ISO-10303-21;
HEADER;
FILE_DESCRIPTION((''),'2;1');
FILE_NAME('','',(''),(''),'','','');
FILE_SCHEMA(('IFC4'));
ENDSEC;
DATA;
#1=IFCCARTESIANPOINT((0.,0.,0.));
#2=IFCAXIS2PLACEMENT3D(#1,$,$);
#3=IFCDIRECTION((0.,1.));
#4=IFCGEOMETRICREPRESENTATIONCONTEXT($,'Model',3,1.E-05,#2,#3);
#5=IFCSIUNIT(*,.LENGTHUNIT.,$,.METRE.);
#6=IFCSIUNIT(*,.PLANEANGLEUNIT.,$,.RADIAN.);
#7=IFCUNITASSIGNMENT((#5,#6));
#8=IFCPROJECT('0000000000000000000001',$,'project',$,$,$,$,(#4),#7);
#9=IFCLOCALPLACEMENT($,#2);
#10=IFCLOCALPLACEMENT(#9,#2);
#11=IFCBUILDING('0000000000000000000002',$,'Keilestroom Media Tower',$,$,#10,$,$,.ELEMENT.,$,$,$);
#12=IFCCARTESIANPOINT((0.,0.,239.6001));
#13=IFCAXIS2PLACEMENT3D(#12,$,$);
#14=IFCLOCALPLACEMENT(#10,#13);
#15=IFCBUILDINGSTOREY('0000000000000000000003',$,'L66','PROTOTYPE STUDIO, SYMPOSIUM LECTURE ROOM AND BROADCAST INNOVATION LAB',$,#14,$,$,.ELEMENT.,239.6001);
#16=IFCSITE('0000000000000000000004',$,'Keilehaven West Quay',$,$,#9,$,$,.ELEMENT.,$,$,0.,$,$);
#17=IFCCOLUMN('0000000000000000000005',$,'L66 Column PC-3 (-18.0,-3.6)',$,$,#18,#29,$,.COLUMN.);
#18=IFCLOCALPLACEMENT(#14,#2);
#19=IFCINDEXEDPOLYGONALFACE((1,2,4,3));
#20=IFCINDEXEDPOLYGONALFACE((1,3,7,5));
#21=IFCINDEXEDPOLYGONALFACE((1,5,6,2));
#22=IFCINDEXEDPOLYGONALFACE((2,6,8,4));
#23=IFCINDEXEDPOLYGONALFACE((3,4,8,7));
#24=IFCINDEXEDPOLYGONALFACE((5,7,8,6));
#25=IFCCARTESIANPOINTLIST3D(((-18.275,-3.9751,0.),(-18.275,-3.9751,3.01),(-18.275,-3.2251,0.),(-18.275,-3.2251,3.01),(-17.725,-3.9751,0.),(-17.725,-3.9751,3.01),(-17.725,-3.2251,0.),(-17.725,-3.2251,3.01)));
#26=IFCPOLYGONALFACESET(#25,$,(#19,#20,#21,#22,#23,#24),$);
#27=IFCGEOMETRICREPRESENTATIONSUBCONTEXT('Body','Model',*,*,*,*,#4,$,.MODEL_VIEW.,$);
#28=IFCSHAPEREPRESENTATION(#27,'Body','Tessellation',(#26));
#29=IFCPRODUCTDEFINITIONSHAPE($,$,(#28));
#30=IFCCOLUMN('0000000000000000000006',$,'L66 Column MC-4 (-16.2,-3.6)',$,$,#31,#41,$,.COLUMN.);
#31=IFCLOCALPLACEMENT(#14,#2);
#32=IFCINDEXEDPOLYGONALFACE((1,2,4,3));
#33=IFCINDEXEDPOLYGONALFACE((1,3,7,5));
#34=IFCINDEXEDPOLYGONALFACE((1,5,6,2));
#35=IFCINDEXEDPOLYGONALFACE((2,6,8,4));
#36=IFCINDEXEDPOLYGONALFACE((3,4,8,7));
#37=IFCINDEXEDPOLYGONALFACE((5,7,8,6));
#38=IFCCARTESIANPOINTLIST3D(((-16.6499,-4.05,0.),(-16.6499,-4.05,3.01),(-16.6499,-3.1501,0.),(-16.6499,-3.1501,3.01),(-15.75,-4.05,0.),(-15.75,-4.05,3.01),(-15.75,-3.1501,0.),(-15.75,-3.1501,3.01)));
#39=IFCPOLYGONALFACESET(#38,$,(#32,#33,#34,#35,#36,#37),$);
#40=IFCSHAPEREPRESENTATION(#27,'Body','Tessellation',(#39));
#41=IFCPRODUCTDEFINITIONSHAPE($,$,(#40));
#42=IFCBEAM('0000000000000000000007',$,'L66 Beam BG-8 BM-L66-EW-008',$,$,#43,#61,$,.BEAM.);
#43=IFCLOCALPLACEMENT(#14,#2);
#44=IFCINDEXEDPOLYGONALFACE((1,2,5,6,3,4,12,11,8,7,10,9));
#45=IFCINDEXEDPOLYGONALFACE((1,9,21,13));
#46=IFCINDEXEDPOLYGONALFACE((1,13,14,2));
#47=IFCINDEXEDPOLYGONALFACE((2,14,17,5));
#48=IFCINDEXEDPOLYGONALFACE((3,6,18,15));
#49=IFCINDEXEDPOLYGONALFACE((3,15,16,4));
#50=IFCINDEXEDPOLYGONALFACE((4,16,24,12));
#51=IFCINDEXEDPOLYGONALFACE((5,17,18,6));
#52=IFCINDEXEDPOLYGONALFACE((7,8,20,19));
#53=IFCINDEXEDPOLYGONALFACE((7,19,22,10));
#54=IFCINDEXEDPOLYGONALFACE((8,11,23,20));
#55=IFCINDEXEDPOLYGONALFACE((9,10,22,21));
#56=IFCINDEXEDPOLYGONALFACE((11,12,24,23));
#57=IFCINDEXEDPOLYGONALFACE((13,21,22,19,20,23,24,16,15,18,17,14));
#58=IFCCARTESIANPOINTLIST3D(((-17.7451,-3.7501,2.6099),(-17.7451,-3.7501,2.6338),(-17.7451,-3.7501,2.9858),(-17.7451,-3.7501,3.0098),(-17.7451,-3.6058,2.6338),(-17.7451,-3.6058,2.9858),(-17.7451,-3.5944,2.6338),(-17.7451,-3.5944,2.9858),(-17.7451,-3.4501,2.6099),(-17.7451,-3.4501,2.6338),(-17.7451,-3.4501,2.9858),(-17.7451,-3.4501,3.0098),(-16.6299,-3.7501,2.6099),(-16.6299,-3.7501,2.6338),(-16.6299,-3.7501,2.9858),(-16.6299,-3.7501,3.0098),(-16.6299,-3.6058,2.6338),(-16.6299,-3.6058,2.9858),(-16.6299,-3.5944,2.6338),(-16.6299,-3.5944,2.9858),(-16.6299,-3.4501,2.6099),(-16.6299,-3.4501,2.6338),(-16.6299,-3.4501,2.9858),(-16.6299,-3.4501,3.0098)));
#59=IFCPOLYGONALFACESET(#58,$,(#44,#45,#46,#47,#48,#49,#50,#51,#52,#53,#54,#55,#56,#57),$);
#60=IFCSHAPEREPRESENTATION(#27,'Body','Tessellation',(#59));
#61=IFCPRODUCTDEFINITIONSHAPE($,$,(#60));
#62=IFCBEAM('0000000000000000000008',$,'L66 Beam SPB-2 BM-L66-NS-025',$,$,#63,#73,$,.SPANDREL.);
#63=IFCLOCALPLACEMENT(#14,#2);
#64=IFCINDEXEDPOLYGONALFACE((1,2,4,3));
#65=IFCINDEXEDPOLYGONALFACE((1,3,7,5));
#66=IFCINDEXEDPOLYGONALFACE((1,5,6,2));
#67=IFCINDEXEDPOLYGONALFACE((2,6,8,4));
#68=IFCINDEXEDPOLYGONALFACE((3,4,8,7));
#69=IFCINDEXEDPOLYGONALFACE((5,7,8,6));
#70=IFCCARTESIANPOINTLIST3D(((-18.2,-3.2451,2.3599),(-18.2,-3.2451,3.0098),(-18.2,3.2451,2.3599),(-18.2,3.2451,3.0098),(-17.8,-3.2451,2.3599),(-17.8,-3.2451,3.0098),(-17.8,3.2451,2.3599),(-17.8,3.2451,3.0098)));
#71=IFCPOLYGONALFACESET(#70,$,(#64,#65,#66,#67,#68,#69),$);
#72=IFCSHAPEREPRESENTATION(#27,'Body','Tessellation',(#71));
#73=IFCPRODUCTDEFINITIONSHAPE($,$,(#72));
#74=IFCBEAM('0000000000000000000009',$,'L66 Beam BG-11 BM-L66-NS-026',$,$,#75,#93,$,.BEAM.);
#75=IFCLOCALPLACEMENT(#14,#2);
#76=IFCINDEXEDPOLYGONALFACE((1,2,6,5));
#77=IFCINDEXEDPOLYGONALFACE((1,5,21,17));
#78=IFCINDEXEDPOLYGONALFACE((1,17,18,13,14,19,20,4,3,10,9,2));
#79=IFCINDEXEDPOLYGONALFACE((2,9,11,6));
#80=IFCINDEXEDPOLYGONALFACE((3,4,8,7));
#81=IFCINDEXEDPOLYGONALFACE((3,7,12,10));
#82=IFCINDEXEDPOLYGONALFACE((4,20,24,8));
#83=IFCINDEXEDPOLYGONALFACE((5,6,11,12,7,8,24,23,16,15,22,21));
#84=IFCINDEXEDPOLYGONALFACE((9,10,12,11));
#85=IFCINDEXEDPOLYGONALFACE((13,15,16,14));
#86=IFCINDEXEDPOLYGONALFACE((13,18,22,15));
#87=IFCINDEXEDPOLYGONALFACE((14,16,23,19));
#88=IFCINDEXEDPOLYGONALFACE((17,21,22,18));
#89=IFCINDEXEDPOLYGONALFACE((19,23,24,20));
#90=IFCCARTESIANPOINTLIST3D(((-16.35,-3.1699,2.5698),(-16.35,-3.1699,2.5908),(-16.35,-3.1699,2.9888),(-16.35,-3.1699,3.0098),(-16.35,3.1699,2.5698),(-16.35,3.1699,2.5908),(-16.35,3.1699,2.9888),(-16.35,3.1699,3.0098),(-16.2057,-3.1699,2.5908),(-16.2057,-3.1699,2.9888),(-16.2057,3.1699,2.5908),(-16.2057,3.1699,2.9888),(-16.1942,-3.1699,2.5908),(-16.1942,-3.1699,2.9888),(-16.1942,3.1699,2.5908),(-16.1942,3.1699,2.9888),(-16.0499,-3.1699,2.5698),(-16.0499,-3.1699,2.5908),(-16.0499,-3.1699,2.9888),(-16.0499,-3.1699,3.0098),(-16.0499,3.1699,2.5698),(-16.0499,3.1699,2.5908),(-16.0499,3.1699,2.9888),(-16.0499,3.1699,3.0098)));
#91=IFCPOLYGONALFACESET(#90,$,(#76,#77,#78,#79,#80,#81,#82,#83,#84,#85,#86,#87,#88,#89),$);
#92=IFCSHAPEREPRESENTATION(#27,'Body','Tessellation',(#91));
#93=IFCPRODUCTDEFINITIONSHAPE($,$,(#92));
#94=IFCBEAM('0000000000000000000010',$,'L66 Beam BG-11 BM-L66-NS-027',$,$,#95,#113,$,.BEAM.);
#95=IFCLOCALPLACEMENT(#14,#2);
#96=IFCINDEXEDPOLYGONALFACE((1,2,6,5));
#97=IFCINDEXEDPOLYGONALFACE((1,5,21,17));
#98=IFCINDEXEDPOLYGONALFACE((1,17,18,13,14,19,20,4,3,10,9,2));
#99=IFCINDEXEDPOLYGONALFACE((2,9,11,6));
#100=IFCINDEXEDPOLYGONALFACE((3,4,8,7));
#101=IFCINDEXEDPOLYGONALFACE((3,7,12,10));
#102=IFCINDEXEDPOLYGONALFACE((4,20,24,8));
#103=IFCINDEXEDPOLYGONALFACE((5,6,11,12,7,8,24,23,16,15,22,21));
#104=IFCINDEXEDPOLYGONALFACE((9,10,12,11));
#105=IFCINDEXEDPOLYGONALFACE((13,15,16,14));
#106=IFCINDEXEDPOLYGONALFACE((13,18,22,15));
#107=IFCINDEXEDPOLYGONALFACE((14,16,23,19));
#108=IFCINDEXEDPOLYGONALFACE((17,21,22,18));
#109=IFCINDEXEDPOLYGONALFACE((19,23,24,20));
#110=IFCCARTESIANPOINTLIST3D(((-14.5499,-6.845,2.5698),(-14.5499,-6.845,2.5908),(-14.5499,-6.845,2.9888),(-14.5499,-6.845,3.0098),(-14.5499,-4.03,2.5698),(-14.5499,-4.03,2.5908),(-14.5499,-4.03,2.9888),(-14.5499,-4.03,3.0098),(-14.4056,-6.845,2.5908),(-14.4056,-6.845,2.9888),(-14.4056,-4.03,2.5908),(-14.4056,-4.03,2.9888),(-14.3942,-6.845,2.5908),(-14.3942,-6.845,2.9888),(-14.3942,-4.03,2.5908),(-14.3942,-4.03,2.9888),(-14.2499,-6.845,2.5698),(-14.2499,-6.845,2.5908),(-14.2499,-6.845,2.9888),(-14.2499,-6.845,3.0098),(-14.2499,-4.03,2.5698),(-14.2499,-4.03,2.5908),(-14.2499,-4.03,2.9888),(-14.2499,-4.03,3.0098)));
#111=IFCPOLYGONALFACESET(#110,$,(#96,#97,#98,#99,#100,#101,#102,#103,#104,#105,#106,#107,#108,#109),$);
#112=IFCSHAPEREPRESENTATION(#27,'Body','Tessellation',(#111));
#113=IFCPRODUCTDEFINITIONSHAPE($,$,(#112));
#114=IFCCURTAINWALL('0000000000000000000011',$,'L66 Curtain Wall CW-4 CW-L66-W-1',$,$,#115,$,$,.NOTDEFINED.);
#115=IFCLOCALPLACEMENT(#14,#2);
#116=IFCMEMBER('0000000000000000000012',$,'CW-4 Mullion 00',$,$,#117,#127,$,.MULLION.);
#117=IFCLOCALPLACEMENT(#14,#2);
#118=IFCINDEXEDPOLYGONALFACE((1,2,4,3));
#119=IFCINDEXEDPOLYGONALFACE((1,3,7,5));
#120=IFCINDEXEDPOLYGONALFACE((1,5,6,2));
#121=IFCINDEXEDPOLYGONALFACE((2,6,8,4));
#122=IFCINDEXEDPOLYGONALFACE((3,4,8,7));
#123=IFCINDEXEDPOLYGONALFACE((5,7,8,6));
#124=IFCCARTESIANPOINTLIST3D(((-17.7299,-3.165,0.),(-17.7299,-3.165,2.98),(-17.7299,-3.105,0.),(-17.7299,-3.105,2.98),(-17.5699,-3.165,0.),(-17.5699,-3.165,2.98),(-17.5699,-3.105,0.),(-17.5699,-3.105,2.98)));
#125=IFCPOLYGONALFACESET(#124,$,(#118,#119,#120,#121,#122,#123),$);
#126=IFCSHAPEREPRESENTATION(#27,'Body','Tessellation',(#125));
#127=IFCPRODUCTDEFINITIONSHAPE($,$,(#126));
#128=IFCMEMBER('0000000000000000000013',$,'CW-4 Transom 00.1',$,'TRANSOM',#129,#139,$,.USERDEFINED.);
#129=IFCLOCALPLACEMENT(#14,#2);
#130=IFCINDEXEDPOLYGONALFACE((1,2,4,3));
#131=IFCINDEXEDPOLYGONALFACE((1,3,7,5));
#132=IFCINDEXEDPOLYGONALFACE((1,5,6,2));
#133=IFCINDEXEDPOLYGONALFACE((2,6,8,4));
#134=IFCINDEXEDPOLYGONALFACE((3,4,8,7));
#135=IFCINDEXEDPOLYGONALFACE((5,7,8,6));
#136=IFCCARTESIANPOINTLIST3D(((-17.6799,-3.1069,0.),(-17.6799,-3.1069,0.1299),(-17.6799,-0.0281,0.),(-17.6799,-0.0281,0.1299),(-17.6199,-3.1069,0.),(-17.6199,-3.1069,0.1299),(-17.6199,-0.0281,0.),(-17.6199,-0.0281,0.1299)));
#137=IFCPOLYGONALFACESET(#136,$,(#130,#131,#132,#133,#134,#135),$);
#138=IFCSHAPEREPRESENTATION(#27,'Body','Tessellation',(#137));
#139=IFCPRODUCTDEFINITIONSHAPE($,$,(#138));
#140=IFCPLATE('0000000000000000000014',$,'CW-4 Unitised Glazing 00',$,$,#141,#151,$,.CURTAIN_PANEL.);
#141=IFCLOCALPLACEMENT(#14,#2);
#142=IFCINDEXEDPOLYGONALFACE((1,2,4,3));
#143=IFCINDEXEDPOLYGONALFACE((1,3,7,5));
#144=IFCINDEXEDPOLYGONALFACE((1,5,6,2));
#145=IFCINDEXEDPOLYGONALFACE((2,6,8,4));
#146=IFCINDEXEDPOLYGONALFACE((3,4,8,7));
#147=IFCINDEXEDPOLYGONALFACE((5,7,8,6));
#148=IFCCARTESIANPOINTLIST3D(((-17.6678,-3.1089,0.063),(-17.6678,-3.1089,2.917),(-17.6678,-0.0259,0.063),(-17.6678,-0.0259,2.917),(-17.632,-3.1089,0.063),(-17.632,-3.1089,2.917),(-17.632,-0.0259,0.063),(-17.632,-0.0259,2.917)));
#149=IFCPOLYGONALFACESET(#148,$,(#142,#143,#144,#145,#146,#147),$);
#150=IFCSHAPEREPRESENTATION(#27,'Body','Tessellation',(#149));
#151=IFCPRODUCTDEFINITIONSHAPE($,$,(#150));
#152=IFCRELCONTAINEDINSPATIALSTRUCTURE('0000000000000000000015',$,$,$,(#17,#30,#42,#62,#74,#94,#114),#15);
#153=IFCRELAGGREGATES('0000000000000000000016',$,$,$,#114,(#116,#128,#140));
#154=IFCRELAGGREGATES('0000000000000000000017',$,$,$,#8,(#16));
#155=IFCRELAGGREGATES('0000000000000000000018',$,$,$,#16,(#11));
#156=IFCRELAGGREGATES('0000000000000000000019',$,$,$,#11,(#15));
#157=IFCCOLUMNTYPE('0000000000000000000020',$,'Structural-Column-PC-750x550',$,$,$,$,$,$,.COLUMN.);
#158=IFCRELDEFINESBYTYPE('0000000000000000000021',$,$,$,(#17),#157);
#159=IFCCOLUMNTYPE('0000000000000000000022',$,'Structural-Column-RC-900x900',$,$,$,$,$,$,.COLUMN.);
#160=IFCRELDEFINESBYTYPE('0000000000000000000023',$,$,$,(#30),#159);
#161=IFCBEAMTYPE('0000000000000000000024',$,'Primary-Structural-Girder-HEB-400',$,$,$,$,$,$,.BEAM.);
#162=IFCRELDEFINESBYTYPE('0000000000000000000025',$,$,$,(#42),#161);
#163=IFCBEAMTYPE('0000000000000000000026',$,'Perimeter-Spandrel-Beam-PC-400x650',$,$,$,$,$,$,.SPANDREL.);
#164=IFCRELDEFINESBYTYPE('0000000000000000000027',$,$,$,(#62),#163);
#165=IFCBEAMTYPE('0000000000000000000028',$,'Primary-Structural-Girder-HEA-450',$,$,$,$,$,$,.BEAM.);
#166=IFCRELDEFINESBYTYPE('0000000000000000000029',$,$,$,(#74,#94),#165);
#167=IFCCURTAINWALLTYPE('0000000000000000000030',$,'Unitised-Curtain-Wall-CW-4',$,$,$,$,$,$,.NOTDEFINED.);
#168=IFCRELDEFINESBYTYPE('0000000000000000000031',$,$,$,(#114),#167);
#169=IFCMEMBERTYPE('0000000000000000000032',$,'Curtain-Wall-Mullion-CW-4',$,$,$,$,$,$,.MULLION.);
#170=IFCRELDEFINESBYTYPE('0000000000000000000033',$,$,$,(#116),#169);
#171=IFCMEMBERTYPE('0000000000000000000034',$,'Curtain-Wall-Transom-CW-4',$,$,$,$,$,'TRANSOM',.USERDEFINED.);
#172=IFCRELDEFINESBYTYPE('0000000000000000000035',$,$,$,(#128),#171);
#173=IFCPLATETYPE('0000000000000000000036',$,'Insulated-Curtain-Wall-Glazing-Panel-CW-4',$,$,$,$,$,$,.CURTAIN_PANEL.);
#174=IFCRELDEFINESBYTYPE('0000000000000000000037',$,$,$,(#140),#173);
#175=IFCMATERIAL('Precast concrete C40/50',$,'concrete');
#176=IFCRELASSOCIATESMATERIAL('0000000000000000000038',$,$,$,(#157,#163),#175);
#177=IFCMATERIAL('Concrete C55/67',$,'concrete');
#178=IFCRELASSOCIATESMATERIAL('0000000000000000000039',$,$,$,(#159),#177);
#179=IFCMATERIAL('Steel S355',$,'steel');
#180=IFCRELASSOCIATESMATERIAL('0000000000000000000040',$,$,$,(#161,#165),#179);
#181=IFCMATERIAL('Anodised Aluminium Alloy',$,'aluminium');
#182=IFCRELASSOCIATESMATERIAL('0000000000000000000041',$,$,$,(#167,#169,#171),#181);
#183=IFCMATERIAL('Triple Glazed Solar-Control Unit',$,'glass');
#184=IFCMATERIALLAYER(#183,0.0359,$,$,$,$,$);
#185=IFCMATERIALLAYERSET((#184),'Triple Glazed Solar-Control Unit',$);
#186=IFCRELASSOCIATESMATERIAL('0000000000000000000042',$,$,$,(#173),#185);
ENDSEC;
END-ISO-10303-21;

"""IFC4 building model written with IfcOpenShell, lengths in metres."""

from ifc_helpers import new_model, si_unit, direction, frame, origin, origin_2d, place, context, subcontext, project, spatial, rectangle, i_section, extrude, source, transform, mapped, material, layer, layer_set, material_profile, profile_set, type_object, element, aggregate, save


model = new_model("IFC4")

# Units and contexts
model_context = context("Model", 3, precision=1e-05, world=origin(), true_north=direction((0.0, 1.0)))
body_context = subcontext(model_context, "Body", "Model", "MODEL_VIEW")
ifc_project = project(units=[si_unit("LENGTHUNIT", "METRE"), si_unit("PLANEANGLEUNIT", "RADIAN")], contexts=[model_context])

# Site, building, storey
site_placement = place(None, origin())
site = spatial("IfcSite", under=ifc_project, at=site_placement, Name="Keilehaven West Quay", CompositionType="ELEMENT", RefElevation=0.0)
building_placement = place(site_placement, origin())
building = spatial("IfcBuilding", under=site, at=building_placement, Name="Keilestroom Media Tower", CompositionType="ELEMENT")
storey_placement = place(building_placement, frame((0.0, 0.0, 239.6001)))
storey = spatial("IfcBuildingStorey", under=building, at=storey_placement, Name="L66", Description="PROTOTYPE STUDIO, SYMPOSIUM LECTURE ROOM AND BROADCAST INNOVATION LAB", CompositionType="ELEMENT", Elevation=239.6001)

# Columns
ifc_material_1 = material(Name="Precast concrete C40/50", Category="concrete")
ifc_material_profile_1 = material_profile(ifc_material_1, rectangle(XDim=0.55, YDim=0.75, at=origin_2d()), Name="PC 750x550")
ifc_profile_set_1 = profile_set([ifc_material_profile_1], Name="Precast concrete C40/50")
column_type_1 = type_object("IfcColumnType", Name="Structural-Column-PC-750x550", PredefinedType="COLUMN", material=ifc_profile_set_1)
shared_shape_1 = source(origin(), body_context, "Body", "SweptSolid", [
    extrude(rectangle(XDim=0.55, YDim=0.75, at=origin_2d()), origin(), (0.0, 0.0, 1.0), 3.01),
])
column_1_placement = place(storey_placement, frame((-18.0, -3.6001, 0.0), z_axis=(0.0, 0.0, 1.0), x_axis=(1.0, 0.0, 0.0)))
element("IfcColumn", 1, at=column_1_placement, inside=storey, type_object=column_type_1, Name="L66 Column PC-3 (-18.0,-3.6)", PredefinedType="COLUMN", context=body_context, shape_type="MappedRepresentation", body=[
    mapped(shared_shape_1, transform((0.0, 0.0, 0.0), x_axis=(1.0, 0.0, 0.0), y_axis=(0.0, 1.0, 0.0), z_axis=(0.0, 0.0, 1.0), scale=1.0)),
])
ifc_material_2 = material(Name="Concrete C55/67", Category="concrete")
ifc_material_profile_2 = material_profile(ifc_material_2, rectangle(XDim=0.8999, YDim=0.8999, at=origin_2d()), Name="RC 900x900")
ifc_profile_set_2 = profile_set([ifc_material_profile_2], Name="Concrete C55/67")
column_type_2 = type_object("IfcColumnType", Name="Structural-Column-RC-900x900", PredefinedType="COLUMN", material=ifc_profile_set_2)
shared_shape_2 = source(origin(), body_context, "Body", "SweptSolid", [
    extrude(rectangle(XDim=0.8999, YDim=0.8999, at=origin_2d()), origin(), (0.0, 0.0, 1.0), 3.01),
])
column_2_placement = place(storey_placement, frame((-16.2, -3.6001, 0.0), z_axis=(0.0, 0.0, 1.0), x_axis=(1.0, 0.0, 0.0)))
element("IfcColumn", 2, at=column_2_placement, inside=storey, type_object=column_type_2, Name="L66 Column MC-4 (-16.2,-3.6)", PredefinedType="COLUMN", context=body_context, shape_type="MappedRepresentation", body=[
    mapped(shared_shape_2, transform((0.0, 0.0, 0.0), x_axis=(1.0, 0.0, 0.0), y_axis=(0.0, 1.0, 0.0), z_axis=(0.0, 0.0, 1.0), scale=1.0)),
])

# Beams
ifc_material_3 = material(Name="Steel S355", Category="steel")
ifc_material_profile_3 = material_profile(ifc_material_3, i_section(OverallWidth=0.3, OverallDepth=0.3999, WebThickness=0.0115, FlangeThickness=0.0239, at=origin_2d()), Name="HEB 400")
ifc_profile_set_3 = profile_set([ifc_material_profile_3], Name="Steel S355")
beam_type_1 = type_object("IfcBeamType", Name="Primary-Structural-Girder-HEB-400", PredefinedType="BEAM", material=ifc_profile_set_3)
shared_shape_3 = source(origin(), body_context, "Body", "SweptSolid", [
    extrude(i_section(OverallWidth=0.3, OverallDepth=0.3999, WebThickness=0.0115, FlangeThickness=0.0239, at=origin_2d()), origin(), (0.0, 0.0, 1.0), 1.1152),
])
beam_1_placement = place(storey_placement, frame((-17.7451, -3.6001, 2.8098), z_axis=(1.0, 0.0, 0.0), x_axis=(0.0, 1.0, 0.0)))
element("IfcBeam", 3, at=beam_1_placement, inside=storey, type_object=beam_type_1, Name="L66 Beam BG-8 BM-L66-EW-008", PredefinedType="BEAM", context=body_context, shape_type="MappedRepresentation", body=[
    mapped(shared_shape_3, transform((0.0, 0.0, 0.0), x_axis=(1.0, 0.0, 0.0), y_axis=(0.0, 1.0, 0.0), z_axis=(0.0, 0.0, 1.0), scale=1.0)),
])
ifc_material_profile_4 = material_profile(ifc_material_1, rectangle(XDim=0.3999, YDim=0.6499, at=origin_2d()), Name="PC 400x650")
ifc_profile_set_4 = profile_set([ifc_material_profile_4], Name="Precast concrete C40/50")
beam_type_2 = type_object("IfcBeamType", Name="Perimeter-Spandrel-Beam-PC-400x650", PredefinedType="SPANDREL", material=ifc_profile_set_4)
shared_shape_4 = source(origin(), body_context, "Body", "SweptSolid", [
    extrude(rectangle(XDim=0.3999, YDim=0.6499, at=origin_2d()), origin(), (0.0, 0.0, 1.0), 6.4902),
])
beam_2_placement = place(storey_placement, frame((-18.0, -3.2451, 2.6848), z_axis=(0.0, 1.0, 0.0), x_axis=(-1.0, 0.0, 0.0)))
element("IfcBeam", 4, at=beam_2_placement, inside=storey, type_object=beam_type_2, Name="L66 Beam SPB-2 BM-L66-NS-025", PredefinedType="SPANDREL", context=body_context, shape_type="MappedRepresentation", body=[
    mapped(shared_shape_4, transform((0.0, 0.0, 0.0), x_axis=(1.0, 0.0, 0.0), y_axis=(0.0, 1.0, 0.0), z_axis=(0.0, 0.0, 1.0), scale=1.0)),
])
ifc_material_profile_5 = material_profile(ifc_material_3, i_section(OverallWidth=0.3, OverallDepth=0.4399, WebThickness=0.0115, FlangeThickness=0.021, at=origin_2d()), Name="HEA 450")
ifc_profile_set_5 = profile_set([ifc_material_profile_5], Name="Steel S355")
beam_type_3 = type_object("IfcBeamType", Name="Primary-Structural-Girder-HEA-450", PredefinedType="BEAM", material=ifc_profile_set_5)
shared_shape_5 = source(origin(), body_context, "Body", "SweptSolid", [
    extrude(i_section(OverallWidth=0.3, OverallDepth=0.4399, WebThickness=0.0115, FlangeThickness=0.021, at=origin_2d()), origin(), (0.0, 0.0, 1.0), 6.3398),
])
beam_3_placement = place(storey_placement, frame((-16.2, -3.1699, 2.7898), z_axis=(0.0, 1.0, 0.0), x_axis=(-1.0, 0.0, 0.0)))
element("IfcBeam", 5, at=beam_3_placement, inside=storey, type_object=beam_type_3, Name="L66 Beam BG-11 BM-L66-NS-026", PredefinedType="BEAM", context=body_context, shape_type="MappedRepresentation", body=[
    mapped(shared_shape_5, transform((0.0, 0.0, 0.0), x_axis=(1.0, 0.0, 0.0), y_axis=(0.0, 1.0, 0.0), z_axis=(0.0, 0.0, 1.0), scale=1.0)),
])
shared_shape_6 = source(origin(), body_context, "Body", "SweptSolid", [
    extrude(i_section(OverallWidth=0.3, OverallDepth=0.4399, WebThickness=0.0115, FlangeThickness=0.021, at=origin_2d()), origin(), (0.0, 0.0, 1.0), 2.8149),
])
beam_4_placement = place(storey_placement, frame((-14.3999, -6.845, 2.7898), z_axis=(0.0, 1.0, 0.0), x_axis=(-1.0, 0.0, 0.0)))
element("IfcBeam", 6, at=beam_4_placement, inside=storey, type_object=beam_type_3, Name="L66 Beam BG-11 BM-L66-NS-027", PredefinedType="BEAM", context=body_context, shape_type="MappedRepresentation", body=[
    mapped(shared_shape_6, transform((0.0, 0.0, 0.0), x_axis=(1.0, 0.0, 0.0), y_axis=(0.0, 1.0, 0.0), z_axis=(0.0, 0.0, 1.0), scale=1.0)),
])

# Curtain wall, members, plate
ifc_material_4 = material(Name="Anodised Aluminium Alloy", Category="aluminium")
curtain_wall_type = type_object("IfcCurtainWallType", Name="Unitised-Curtain-Wall-CW-4", PredefinedType="NOTDEFINED", material=ifc_material_4)
curtain_wall_placement = place(storey_placement, origin())
curtain_wall = element("IfcCurtainWall", 7, at=curtain_wall_placement, inside=storey, type_object=curtain_wall_type, Name="L66 Curtain Wall CW-4 CW-L66-W-1", PredefinedType="NOTDEFINED")
ifc_material_profile_6 = material_profile(ifc_material_4, rectangle(XDim=0.0601, YDim=0.1599, at=origin_2d()), Name="ALU MULLION 60x160")
ifc_profile_set_6 = profile_set([ifc_material_profile_6], Name="Anodised Aluminium Alloy")
member_type_1 = type_object("IfcMemberType", Name="Curtain-Wall-Mullion-CW-4", PredefinedType="MULLION", material=ifc_profile_set_6)
shared_shape_7 = source(origin(), body_context, "Body", "SweptSolid", [
    extrude(rectangle(XDim=0.0601, YDim=0.1599, at=origin_2d()), origin(), (0.0, 0.0, 1.0), 2.98),
])
member_1_placement = place(storey_placement, frame((-17.6499, -3.135, 0.0), z_axis=(0.0, 0.0, 1.0), x_axis=(0.0, 1.0, 0.0)))
member_1 = element("IfcMember", 8, at=member_1_placement, type_object=member_type_1, Name="CW-4 Mullion 00", PredefinedType="MULLION", context=body_context, shape_type="MappedRepresentation", body=[
    mapped(shared_shape_7, transform((0.0, 0.0, 0.0), x_axis=(1.0, 0.0, 0.0), y_axis=(0.0, 1.0, 0.0), z_axis=(0.0, 0.0, 1.0), scale=1.0)),
])
ifc_material_profile_7 = material_profile(ifc_material_4, rectangle(XDim=0.0601, YDim=0.1299, at=origin_2d()), Name="ALU TRANSOM 60x130")
ifc_profile_set_7 = profile_set([ifc_material_profile_7], Name="Anodised Aluminium Alloy")
member_type_2 = type_object("IfcMemberType", Name="Curtain-Wall-Transom-CW-4", ElementType="TRANSOM", PredefinedType="USERDEFINED", material=ifc_profile_set_7)
shared_shape_8 = source(origin(), body_context, "Body", "SweptSolid", [
    extrude(rectangle(XDim=0.0601, YDim=0.1299, at=origin_2d()), origin(), (0.0, 0.0, 1.0), 3.0789),
])
member_2_placement = place(storey_placement, frame((-17.6499, -3.1069, 0.0649), z_axis=(0.0, 1.0, 0.0), x_axis=(-1.0, 0.0, 0.0)))
member_2 = element("IfcMember", 9, at=member_2_placement, type_object=member_type_2, Name="CW-4 Transom 00.1", ObjectType="TRANSOM", PredefinedType="USERDEFINED", context=body_context, shape_type="MappedRepresentation", body=[
    mapped(shared_shape_8, transform((0.0, 0.0, 0.0), x_axis=(1.0, 0.0, 0.0), y_axis=(0.0, 1.0, 0.0), z_axis=(0.0, 0.0, 1.0), scale=1.0)),
])
ifc_material_5 = material(Name="Triple Glazed Solar-Control Unit", Category="glass")
ifc_layer_1 = layer(ifc_material_5, 0.0359)
ifc_layer_set_1 = layer_set([ifc_layer_1], Name="Triple Glazed Solar-Control Unit")
plate_type = type_object("IfcPlateType", Name="Insulated-Curtain-Wall-Glazing-Panel-CW-4", PredefinedType="CURTAIN_PANEL", material=ifc_layer_set_1)
shared_shape_9 = source(origin(), body_context, "Body", "SweptSolid", [
    extrude(rectangle(XDim=3.083, YDim=0.0359, at=origin_2d()), origin(), (0.0, 0.0, 1.0), 2.854),
])
plate_placement = place(storey_placement, frame((-17.6499, -1.5674, 0.063), z_axis=(0.0, 0.0, 1.0), x_axis=(0.0, 1.0, 0.0)))
plate = element("IfcPlate", 10, at=plate_placement, type_object=plate_type, Name="CW-4 Unitised Glazing 00", PredefinedType="CURTAIN_PANEL", context=body_context, shape_type="MappedRepresentation", body=[
    mapped(shared_shape_9, transform((0.0, 0.0, 0.0), x_axis=(1.0, 0.0, 0.0), y_axis=(0.0, 1.0, 0.0), z_axis=(0.0, 0.0, 1.0), scale=1.0)),
])
aggregate(curtain_wall, [member_1, member_2, plate])

save(model, "model.ifc")
